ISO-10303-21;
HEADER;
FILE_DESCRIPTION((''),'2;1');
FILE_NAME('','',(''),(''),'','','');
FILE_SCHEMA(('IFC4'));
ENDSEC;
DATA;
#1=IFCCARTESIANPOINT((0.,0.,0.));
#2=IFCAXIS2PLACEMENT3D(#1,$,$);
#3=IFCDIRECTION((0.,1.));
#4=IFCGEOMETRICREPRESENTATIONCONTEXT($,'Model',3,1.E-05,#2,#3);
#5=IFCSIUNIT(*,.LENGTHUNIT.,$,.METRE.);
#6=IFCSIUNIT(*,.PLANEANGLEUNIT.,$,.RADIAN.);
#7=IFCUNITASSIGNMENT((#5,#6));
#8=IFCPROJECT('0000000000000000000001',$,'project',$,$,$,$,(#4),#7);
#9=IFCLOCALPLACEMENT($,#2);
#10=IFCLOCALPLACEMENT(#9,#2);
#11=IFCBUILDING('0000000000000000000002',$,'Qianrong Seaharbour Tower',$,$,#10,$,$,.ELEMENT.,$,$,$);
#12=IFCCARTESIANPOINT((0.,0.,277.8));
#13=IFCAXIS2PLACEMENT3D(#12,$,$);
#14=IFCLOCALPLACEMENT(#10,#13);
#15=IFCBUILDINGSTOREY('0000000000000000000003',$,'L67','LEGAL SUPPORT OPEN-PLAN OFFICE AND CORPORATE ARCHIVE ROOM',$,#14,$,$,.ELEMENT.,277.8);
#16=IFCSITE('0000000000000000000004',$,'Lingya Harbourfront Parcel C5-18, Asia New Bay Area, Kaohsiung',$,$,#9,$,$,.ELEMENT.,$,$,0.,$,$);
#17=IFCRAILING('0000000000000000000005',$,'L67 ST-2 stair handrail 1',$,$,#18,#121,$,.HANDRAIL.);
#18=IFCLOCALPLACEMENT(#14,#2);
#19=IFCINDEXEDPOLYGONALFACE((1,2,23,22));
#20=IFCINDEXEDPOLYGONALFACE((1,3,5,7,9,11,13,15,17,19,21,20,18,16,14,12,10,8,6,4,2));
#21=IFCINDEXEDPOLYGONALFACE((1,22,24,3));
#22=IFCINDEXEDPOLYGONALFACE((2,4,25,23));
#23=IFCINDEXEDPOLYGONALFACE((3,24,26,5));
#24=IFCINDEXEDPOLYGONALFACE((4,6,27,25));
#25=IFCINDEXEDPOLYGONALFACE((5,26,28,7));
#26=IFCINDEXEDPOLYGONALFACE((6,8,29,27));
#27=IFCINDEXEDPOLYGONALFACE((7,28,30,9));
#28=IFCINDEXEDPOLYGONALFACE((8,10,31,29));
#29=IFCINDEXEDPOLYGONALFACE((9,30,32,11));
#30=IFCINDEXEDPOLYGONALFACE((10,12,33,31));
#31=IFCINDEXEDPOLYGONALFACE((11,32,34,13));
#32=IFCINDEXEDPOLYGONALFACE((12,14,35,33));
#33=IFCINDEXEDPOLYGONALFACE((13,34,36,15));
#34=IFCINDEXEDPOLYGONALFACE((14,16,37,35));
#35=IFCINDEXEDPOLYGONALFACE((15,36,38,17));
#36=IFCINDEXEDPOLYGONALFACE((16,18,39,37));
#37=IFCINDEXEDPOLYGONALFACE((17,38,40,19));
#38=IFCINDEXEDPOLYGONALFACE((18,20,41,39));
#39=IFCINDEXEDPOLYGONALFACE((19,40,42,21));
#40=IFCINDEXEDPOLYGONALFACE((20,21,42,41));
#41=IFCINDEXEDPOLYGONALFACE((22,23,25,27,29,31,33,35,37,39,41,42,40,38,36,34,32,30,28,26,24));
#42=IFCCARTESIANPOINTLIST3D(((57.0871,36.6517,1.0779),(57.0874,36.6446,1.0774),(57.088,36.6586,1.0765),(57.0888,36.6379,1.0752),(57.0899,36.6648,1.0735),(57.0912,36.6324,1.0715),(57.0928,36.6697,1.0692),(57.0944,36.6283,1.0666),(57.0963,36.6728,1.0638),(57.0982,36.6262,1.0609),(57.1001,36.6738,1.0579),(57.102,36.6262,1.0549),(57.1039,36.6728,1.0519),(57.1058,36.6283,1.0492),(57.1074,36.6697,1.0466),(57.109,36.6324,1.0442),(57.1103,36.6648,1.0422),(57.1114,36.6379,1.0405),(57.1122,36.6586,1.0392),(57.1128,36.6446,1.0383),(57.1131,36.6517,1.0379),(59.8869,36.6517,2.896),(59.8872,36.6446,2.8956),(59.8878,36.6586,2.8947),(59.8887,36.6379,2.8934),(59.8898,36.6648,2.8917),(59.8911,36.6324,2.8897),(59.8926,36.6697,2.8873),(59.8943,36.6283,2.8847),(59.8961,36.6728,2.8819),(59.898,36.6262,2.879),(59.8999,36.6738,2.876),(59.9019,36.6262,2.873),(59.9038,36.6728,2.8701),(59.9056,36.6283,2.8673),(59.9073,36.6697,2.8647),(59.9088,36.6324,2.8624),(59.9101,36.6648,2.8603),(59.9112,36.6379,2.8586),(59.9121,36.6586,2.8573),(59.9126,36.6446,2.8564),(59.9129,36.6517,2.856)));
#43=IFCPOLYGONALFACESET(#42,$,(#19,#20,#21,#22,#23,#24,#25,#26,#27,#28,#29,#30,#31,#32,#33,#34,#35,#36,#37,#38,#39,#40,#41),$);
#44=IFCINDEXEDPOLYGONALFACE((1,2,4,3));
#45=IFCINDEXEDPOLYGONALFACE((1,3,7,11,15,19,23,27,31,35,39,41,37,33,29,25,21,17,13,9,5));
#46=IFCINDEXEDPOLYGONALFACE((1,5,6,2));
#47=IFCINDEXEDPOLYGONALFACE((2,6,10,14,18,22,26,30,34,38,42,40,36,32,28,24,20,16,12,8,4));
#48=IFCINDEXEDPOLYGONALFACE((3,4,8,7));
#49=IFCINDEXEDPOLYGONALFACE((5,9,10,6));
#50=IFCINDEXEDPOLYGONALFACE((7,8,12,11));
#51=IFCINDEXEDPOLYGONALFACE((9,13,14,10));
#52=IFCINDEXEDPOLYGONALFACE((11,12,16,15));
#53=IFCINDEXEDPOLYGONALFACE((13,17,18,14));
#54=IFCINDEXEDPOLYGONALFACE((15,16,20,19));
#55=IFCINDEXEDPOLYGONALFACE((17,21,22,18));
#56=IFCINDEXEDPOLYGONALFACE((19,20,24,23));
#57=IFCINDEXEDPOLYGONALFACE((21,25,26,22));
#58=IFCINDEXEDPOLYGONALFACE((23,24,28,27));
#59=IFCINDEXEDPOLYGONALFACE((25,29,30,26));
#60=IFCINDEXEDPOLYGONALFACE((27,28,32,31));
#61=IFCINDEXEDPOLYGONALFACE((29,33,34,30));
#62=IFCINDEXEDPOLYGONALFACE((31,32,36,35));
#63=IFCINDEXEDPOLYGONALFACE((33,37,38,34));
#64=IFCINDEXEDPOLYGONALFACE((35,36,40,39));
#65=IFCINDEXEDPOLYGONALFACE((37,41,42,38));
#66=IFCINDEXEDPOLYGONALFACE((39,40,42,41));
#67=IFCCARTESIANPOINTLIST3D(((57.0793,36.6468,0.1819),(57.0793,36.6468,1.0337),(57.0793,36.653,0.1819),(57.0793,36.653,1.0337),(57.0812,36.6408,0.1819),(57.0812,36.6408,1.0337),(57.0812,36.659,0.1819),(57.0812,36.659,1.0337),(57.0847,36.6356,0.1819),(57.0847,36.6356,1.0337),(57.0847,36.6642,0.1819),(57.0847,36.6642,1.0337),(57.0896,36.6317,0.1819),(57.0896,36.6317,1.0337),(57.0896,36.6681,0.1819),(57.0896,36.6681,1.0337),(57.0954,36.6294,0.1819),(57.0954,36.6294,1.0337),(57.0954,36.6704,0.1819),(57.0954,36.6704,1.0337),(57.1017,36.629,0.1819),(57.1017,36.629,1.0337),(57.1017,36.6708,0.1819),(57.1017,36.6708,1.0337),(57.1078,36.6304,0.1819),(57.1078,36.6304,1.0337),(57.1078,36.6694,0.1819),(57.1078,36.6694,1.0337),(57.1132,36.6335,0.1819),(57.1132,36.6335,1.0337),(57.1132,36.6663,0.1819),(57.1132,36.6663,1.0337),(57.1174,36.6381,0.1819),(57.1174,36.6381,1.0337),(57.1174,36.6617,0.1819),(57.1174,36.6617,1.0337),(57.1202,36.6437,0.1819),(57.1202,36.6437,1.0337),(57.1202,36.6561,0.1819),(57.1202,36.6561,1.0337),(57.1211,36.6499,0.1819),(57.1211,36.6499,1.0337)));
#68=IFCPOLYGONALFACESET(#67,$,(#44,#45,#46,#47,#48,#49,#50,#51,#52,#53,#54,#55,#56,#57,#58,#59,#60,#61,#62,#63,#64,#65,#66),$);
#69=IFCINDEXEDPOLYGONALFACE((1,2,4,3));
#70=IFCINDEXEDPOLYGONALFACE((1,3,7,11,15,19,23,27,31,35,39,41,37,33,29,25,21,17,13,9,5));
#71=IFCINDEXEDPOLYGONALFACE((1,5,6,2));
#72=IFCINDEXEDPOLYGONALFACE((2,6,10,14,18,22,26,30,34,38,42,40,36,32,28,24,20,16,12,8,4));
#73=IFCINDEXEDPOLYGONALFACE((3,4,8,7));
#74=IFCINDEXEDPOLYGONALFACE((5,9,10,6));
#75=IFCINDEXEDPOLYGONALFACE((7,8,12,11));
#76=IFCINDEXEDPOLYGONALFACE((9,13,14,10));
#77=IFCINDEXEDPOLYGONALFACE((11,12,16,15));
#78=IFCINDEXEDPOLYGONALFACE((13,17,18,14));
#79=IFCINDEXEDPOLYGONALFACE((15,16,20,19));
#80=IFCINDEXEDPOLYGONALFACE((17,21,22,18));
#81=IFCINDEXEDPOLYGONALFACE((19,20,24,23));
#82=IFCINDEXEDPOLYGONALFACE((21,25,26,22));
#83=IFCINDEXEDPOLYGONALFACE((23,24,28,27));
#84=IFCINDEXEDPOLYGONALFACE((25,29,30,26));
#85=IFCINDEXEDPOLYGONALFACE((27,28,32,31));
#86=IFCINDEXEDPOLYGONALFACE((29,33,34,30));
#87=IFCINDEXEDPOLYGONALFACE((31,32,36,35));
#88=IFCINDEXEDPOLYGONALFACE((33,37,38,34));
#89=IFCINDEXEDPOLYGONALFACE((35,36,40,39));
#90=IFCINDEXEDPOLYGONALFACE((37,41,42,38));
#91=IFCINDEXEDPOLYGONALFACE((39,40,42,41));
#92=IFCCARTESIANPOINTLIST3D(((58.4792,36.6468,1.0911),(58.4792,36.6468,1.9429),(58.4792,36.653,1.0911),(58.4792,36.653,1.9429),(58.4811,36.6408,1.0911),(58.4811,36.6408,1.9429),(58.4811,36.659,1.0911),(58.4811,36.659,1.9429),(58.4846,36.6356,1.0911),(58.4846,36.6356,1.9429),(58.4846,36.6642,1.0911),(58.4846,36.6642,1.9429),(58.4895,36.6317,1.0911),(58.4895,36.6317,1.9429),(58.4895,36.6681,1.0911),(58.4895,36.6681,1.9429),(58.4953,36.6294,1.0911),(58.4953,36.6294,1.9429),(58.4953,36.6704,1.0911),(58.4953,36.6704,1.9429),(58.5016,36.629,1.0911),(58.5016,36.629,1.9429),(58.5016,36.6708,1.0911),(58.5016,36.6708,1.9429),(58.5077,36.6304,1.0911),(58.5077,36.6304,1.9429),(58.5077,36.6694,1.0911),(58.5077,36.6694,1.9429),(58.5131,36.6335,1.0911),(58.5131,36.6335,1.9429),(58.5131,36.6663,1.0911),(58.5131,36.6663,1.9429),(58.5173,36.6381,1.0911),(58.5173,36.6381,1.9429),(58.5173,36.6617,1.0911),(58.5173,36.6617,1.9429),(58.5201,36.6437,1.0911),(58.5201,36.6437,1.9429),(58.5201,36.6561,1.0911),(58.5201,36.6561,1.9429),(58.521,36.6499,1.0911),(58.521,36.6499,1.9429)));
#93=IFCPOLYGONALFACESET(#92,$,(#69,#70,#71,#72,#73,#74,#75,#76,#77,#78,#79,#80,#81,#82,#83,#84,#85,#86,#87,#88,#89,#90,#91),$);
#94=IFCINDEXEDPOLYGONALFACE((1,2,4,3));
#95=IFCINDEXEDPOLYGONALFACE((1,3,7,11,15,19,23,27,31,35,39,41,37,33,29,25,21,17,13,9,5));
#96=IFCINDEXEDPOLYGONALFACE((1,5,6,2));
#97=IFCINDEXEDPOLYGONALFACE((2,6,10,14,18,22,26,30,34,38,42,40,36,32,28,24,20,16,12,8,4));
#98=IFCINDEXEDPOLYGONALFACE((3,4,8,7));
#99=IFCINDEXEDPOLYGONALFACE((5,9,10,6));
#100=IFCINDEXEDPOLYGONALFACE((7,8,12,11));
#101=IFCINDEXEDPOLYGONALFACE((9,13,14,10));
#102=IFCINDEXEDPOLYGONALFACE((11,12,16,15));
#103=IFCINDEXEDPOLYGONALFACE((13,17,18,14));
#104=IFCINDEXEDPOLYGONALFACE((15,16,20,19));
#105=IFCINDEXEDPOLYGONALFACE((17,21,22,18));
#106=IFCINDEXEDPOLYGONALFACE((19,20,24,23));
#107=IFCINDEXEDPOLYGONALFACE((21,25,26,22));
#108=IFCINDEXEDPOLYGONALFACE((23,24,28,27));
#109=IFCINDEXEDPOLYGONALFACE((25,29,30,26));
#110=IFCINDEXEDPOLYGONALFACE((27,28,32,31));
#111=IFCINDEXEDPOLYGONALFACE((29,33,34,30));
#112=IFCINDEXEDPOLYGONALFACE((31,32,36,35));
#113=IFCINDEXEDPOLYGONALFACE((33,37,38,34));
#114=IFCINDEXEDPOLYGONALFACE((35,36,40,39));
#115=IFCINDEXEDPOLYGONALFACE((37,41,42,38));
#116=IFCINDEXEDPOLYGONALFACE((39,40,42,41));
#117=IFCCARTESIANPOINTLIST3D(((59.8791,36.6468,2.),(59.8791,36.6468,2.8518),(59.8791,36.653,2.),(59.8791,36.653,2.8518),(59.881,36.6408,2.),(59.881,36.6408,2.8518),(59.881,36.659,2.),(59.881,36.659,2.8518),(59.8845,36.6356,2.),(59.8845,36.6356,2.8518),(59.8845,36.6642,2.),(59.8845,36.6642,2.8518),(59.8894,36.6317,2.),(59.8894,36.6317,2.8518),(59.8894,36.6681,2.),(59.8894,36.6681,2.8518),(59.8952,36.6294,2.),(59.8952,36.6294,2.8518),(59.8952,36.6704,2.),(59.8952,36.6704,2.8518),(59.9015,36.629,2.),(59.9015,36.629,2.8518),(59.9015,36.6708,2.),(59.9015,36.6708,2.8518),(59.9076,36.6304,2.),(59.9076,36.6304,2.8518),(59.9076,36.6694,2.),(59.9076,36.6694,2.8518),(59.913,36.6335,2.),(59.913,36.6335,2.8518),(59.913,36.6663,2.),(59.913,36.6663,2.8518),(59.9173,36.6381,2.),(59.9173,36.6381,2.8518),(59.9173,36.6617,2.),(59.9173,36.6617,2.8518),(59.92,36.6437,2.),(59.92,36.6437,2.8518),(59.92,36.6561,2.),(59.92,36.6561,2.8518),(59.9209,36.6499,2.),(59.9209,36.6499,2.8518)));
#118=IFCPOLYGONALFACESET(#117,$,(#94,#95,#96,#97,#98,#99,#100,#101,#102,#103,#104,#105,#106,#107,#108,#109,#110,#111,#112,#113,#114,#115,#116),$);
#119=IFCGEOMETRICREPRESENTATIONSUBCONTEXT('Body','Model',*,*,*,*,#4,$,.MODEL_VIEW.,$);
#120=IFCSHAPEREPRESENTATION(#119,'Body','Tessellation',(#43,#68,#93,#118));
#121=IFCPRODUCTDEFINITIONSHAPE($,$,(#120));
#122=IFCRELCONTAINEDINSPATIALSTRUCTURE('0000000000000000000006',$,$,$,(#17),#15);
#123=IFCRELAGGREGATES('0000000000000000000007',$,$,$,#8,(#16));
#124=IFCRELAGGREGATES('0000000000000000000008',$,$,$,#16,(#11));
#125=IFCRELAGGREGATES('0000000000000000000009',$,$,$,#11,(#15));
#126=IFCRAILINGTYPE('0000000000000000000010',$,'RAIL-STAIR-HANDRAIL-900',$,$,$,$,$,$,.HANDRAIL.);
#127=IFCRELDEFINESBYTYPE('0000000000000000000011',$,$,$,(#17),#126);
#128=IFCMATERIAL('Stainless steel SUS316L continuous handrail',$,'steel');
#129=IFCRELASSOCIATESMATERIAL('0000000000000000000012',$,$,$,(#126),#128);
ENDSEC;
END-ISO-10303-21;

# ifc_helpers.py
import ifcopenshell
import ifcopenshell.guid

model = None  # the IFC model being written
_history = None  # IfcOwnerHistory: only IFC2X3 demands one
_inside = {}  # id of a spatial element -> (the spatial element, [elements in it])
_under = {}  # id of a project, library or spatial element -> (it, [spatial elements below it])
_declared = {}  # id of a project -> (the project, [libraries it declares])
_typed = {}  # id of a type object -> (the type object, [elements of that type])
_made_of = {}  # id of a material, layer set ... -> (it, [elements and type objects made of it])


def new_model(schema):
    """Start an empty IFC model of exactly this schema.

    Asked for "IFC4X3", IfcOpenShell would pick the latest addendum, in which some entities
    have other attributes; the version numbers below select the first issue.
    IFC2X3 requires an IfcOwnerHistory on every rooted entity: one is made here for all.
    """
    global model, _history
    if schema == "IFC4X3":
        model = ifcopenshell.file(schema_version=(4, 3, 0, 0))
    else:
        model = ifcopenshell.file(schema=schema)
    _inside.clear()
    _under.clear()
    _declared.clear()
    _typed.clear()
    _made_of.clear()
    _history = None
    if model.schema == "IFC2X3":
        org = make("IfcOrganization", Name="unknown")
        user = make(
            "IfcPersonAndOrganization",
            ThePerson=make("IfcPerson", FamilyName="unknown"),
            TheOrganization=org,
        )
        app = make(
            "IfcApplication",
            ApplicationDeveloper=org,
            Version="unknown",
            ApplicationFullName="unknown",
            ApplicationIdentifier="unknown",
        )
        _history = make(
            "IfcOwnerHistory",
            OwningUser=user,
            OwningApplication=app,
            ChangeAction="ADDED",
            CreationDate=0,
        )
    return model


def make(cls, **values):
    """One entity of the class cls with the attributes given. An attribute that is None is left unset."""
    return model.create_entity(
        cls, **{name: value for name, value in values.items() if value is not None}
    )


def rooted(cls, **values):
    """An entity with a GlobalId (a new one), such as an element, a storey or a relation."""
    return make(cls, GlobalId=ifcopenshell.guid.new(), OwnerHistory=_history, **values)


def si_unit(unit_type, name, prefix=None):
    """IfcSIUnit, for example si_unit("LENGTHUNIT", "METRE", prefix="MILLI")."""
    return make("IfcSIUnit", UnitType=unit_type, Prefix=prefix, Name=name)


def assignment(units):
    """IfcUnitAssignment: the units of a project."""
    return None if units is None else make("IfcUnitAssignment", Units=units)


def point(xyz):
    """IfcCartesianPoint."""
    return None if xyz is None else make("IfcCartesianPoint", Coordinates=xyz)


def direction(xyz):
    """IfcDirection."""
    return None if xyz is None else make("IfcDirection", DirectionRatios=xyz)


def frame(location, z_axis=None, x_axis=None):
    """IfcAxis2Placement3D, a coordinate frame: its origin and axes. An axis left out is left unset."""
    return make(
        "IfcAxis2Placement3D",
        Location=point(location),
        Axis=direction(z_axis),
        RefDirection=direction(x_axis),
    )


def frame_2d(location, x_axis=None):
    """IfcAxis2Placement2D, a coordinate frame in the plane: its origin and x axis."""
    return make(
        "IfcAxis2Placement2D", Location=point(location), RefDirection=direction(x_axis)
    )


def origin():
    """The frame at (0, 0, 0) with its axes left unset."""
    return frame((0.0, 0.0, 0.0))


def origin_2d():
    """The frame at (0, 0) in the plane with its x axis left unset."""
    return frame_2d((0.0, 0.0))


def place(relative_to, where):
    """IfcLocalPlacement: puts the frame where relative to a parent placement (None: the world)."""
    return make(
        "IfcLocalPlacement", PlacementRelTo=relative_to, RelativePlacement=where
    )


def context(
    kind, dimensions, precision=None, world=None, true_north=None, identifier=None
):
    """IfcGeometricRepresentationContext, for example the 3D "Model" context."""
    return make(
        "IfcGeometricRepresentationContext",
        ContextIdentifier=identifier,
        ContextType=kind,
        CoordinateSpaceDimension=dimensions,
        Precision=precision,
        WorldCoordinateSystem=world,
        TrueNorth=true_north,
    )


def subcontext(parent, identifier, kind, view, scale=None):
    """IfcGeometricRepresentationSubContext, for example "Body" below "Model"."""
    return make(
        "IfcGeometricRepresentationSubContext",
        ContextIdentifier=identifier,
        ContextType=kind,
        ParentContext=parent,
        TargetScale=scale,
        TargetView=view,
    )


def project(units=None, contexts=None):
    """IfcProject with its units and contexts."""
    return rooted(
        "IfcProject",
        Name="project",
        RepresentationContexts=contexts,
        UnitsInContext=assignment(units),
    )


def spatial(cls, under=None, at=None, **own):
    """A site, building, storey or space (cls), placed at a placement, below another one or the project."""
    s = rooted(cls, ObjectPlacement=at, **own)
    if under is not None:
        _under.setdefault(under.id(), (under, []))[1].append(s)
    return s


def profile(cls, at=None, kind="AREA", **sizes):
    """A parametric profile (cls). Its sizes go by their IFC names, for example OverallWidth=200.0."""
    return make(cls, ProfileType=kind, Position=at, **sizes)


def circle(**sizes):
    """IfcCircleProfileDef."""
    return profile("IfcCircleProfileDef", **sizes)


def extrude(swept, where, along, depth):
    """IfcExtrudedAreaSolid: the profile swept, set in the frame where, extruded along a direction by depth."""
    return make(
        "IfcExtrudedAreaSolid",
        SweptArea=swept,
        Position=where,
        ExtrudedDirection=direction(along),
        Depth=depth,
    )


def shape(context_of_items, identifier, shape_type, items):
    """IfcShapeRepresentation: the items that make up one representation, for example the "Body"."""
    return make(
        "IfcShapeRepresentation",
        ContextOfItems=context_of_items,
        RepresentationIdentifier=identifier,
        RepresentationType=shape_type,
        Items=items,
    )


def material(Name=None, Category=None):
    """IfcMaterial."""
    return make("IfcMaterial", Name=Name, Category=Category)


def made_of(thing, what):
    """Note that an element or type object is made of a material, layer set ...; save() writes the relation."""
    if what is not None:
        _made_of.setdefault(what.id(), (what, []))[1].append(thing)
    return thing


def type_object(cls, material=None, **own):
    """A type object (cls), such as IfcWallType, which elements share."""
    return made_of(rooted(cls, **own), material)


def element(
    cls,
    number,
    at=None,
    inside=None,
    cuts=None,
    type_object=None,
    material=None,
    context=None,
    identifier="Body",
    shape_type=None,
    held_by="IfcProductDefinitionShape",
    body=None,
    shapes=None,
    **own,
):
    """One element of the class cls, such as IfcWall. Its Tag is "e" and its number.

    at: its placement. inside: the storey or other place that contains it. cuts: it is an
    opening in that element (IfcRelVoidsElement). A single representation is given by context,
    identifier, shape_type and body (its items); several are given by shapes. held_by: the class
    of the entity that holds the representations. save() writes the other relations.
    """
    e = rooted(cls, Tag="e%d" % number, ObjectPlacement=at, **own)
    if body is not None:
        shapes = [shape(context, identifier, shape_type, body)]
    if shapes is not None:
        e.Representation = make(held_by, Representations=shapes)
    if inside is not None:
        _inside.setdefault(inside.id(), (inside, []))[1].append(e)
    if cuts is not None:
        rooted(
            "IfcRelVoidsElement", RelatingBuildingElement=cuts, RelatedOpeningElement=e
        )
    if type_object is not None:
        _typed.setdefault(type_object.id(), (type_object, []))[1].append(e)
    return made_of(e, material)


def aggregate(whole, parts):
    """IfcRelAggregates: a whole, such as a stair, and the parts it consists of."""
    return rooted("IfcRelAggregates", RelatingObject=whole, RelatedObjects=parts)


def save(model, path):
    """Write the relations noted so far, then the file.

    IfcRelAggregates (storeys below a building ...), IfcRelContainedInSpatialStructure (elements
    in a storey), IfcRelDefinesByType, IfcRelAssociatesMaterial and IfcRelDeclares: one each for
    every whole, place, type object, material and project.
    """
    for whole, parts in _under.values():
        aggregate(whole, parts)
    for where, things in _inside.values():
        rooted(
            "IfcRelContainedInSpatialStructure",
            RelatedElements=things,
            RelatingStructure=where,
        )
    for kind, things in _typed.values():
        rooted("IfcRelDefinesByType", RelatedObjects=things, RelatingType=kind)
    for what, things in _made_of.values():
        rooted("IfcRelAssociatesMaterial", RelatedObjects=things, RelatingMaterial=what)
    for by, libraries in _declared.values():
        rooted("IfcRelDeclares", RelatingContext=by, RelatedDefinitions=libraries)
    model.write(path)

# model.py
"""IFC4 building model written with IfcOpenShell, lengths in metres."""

from ifc_helpers import new_model, si_unit, direction, frame, origin, origin_2d, place, context, subcontext, project, spatial, circle, extrude, material, type_object, element, save


model = new_model("IFC4")

# Units and contexts
model_context = context("Model", 3, precision=1e-05, world=origin(), true_north=direction((0.0, 1.0)))
body_context = subcontext(model_context, "Body", "Model", "MODEL_VIEW")
ifc_project = project(units=[si_unit("LENGTHUNIT", "METRE"), si_unit("PLANEANGLEUNIT", "RADIAN")], contexts=[model_context])

# Site, building, storey
site_placement = place(None, origin())
site = spatial("IfcSite", under=ifc_project, at=site_placement, Name="Lingya Harbourfront Parcel C5-18, Asia New Bay Area, Kaohsiung", CompositionType="ELEMENT", RefElevation=0.0)
building_placement = place(site_placement, origin())
building = spatial("IfcBuilding", under=site, at=building_placement, Name="Qianrong Seaharbour Tower", CompositionType="ELEMENT")
storey_placement = place(building_placement, frame((0.0, 0.0, 277.8)))
storey = spatial("IfcBuildingStorey", under=building, at=storey_placement, Name="L67", Description="LEGAL SUPPORT OPEN-PLAN OFFICE AND CORPORATE ARCHIVE ROOM", CompositionType="ELEMENT", Elevation=277.8)

# Railing
ifc_material_1 = material(Name="Stainless steel SUS316L continuous handrail", Category="steel")
railing_type_1 = type_object("IfcRailingType", Name="RAIL-STAIR-HANDRAIL-900", PredefinedType="HANDRAIL", material=ifc_material_1)
railing_1_placement = place(storey_placement, frame((57.1001, 36.6499, 0.1819)))
element("IfcRailing", 1, at=railing_1_placement, inside=storey, type_object=railing_type_1, Name="L67 ST-2 stair handrail 1", PredefinedType="HANDRAIL", context=body_context, shape_type="SweptSolid", body=[
    extrude(circle(Radius=0.0239, at=origin_2d()), frame((0.0, 0.0, 0.876), z_axis=(0.838684, 0.0, 0.544618), x_axis=(0.0, 1.0, 0.0)), (0.0, 0.0, 1.0), 3.3384),
    extrude(circle(Radius=0.021, at=origin_2d()), origin(), (0.0, 0.0, 1.0), 0.8518),
    extrude(circle(Radius=0.021, at=origin_2d()), frame((1.3999, 0.0, 0.9092)), (0.0, 0.0, 1.0), 0.8518),
    extrude(circle(Radius=0.021, at=origin_2d()), frame((2.7998, 0.0, 1.8181)), (0.0, 0.0, 1.0), 0.8518),
])

save(model, "model.ifc")
